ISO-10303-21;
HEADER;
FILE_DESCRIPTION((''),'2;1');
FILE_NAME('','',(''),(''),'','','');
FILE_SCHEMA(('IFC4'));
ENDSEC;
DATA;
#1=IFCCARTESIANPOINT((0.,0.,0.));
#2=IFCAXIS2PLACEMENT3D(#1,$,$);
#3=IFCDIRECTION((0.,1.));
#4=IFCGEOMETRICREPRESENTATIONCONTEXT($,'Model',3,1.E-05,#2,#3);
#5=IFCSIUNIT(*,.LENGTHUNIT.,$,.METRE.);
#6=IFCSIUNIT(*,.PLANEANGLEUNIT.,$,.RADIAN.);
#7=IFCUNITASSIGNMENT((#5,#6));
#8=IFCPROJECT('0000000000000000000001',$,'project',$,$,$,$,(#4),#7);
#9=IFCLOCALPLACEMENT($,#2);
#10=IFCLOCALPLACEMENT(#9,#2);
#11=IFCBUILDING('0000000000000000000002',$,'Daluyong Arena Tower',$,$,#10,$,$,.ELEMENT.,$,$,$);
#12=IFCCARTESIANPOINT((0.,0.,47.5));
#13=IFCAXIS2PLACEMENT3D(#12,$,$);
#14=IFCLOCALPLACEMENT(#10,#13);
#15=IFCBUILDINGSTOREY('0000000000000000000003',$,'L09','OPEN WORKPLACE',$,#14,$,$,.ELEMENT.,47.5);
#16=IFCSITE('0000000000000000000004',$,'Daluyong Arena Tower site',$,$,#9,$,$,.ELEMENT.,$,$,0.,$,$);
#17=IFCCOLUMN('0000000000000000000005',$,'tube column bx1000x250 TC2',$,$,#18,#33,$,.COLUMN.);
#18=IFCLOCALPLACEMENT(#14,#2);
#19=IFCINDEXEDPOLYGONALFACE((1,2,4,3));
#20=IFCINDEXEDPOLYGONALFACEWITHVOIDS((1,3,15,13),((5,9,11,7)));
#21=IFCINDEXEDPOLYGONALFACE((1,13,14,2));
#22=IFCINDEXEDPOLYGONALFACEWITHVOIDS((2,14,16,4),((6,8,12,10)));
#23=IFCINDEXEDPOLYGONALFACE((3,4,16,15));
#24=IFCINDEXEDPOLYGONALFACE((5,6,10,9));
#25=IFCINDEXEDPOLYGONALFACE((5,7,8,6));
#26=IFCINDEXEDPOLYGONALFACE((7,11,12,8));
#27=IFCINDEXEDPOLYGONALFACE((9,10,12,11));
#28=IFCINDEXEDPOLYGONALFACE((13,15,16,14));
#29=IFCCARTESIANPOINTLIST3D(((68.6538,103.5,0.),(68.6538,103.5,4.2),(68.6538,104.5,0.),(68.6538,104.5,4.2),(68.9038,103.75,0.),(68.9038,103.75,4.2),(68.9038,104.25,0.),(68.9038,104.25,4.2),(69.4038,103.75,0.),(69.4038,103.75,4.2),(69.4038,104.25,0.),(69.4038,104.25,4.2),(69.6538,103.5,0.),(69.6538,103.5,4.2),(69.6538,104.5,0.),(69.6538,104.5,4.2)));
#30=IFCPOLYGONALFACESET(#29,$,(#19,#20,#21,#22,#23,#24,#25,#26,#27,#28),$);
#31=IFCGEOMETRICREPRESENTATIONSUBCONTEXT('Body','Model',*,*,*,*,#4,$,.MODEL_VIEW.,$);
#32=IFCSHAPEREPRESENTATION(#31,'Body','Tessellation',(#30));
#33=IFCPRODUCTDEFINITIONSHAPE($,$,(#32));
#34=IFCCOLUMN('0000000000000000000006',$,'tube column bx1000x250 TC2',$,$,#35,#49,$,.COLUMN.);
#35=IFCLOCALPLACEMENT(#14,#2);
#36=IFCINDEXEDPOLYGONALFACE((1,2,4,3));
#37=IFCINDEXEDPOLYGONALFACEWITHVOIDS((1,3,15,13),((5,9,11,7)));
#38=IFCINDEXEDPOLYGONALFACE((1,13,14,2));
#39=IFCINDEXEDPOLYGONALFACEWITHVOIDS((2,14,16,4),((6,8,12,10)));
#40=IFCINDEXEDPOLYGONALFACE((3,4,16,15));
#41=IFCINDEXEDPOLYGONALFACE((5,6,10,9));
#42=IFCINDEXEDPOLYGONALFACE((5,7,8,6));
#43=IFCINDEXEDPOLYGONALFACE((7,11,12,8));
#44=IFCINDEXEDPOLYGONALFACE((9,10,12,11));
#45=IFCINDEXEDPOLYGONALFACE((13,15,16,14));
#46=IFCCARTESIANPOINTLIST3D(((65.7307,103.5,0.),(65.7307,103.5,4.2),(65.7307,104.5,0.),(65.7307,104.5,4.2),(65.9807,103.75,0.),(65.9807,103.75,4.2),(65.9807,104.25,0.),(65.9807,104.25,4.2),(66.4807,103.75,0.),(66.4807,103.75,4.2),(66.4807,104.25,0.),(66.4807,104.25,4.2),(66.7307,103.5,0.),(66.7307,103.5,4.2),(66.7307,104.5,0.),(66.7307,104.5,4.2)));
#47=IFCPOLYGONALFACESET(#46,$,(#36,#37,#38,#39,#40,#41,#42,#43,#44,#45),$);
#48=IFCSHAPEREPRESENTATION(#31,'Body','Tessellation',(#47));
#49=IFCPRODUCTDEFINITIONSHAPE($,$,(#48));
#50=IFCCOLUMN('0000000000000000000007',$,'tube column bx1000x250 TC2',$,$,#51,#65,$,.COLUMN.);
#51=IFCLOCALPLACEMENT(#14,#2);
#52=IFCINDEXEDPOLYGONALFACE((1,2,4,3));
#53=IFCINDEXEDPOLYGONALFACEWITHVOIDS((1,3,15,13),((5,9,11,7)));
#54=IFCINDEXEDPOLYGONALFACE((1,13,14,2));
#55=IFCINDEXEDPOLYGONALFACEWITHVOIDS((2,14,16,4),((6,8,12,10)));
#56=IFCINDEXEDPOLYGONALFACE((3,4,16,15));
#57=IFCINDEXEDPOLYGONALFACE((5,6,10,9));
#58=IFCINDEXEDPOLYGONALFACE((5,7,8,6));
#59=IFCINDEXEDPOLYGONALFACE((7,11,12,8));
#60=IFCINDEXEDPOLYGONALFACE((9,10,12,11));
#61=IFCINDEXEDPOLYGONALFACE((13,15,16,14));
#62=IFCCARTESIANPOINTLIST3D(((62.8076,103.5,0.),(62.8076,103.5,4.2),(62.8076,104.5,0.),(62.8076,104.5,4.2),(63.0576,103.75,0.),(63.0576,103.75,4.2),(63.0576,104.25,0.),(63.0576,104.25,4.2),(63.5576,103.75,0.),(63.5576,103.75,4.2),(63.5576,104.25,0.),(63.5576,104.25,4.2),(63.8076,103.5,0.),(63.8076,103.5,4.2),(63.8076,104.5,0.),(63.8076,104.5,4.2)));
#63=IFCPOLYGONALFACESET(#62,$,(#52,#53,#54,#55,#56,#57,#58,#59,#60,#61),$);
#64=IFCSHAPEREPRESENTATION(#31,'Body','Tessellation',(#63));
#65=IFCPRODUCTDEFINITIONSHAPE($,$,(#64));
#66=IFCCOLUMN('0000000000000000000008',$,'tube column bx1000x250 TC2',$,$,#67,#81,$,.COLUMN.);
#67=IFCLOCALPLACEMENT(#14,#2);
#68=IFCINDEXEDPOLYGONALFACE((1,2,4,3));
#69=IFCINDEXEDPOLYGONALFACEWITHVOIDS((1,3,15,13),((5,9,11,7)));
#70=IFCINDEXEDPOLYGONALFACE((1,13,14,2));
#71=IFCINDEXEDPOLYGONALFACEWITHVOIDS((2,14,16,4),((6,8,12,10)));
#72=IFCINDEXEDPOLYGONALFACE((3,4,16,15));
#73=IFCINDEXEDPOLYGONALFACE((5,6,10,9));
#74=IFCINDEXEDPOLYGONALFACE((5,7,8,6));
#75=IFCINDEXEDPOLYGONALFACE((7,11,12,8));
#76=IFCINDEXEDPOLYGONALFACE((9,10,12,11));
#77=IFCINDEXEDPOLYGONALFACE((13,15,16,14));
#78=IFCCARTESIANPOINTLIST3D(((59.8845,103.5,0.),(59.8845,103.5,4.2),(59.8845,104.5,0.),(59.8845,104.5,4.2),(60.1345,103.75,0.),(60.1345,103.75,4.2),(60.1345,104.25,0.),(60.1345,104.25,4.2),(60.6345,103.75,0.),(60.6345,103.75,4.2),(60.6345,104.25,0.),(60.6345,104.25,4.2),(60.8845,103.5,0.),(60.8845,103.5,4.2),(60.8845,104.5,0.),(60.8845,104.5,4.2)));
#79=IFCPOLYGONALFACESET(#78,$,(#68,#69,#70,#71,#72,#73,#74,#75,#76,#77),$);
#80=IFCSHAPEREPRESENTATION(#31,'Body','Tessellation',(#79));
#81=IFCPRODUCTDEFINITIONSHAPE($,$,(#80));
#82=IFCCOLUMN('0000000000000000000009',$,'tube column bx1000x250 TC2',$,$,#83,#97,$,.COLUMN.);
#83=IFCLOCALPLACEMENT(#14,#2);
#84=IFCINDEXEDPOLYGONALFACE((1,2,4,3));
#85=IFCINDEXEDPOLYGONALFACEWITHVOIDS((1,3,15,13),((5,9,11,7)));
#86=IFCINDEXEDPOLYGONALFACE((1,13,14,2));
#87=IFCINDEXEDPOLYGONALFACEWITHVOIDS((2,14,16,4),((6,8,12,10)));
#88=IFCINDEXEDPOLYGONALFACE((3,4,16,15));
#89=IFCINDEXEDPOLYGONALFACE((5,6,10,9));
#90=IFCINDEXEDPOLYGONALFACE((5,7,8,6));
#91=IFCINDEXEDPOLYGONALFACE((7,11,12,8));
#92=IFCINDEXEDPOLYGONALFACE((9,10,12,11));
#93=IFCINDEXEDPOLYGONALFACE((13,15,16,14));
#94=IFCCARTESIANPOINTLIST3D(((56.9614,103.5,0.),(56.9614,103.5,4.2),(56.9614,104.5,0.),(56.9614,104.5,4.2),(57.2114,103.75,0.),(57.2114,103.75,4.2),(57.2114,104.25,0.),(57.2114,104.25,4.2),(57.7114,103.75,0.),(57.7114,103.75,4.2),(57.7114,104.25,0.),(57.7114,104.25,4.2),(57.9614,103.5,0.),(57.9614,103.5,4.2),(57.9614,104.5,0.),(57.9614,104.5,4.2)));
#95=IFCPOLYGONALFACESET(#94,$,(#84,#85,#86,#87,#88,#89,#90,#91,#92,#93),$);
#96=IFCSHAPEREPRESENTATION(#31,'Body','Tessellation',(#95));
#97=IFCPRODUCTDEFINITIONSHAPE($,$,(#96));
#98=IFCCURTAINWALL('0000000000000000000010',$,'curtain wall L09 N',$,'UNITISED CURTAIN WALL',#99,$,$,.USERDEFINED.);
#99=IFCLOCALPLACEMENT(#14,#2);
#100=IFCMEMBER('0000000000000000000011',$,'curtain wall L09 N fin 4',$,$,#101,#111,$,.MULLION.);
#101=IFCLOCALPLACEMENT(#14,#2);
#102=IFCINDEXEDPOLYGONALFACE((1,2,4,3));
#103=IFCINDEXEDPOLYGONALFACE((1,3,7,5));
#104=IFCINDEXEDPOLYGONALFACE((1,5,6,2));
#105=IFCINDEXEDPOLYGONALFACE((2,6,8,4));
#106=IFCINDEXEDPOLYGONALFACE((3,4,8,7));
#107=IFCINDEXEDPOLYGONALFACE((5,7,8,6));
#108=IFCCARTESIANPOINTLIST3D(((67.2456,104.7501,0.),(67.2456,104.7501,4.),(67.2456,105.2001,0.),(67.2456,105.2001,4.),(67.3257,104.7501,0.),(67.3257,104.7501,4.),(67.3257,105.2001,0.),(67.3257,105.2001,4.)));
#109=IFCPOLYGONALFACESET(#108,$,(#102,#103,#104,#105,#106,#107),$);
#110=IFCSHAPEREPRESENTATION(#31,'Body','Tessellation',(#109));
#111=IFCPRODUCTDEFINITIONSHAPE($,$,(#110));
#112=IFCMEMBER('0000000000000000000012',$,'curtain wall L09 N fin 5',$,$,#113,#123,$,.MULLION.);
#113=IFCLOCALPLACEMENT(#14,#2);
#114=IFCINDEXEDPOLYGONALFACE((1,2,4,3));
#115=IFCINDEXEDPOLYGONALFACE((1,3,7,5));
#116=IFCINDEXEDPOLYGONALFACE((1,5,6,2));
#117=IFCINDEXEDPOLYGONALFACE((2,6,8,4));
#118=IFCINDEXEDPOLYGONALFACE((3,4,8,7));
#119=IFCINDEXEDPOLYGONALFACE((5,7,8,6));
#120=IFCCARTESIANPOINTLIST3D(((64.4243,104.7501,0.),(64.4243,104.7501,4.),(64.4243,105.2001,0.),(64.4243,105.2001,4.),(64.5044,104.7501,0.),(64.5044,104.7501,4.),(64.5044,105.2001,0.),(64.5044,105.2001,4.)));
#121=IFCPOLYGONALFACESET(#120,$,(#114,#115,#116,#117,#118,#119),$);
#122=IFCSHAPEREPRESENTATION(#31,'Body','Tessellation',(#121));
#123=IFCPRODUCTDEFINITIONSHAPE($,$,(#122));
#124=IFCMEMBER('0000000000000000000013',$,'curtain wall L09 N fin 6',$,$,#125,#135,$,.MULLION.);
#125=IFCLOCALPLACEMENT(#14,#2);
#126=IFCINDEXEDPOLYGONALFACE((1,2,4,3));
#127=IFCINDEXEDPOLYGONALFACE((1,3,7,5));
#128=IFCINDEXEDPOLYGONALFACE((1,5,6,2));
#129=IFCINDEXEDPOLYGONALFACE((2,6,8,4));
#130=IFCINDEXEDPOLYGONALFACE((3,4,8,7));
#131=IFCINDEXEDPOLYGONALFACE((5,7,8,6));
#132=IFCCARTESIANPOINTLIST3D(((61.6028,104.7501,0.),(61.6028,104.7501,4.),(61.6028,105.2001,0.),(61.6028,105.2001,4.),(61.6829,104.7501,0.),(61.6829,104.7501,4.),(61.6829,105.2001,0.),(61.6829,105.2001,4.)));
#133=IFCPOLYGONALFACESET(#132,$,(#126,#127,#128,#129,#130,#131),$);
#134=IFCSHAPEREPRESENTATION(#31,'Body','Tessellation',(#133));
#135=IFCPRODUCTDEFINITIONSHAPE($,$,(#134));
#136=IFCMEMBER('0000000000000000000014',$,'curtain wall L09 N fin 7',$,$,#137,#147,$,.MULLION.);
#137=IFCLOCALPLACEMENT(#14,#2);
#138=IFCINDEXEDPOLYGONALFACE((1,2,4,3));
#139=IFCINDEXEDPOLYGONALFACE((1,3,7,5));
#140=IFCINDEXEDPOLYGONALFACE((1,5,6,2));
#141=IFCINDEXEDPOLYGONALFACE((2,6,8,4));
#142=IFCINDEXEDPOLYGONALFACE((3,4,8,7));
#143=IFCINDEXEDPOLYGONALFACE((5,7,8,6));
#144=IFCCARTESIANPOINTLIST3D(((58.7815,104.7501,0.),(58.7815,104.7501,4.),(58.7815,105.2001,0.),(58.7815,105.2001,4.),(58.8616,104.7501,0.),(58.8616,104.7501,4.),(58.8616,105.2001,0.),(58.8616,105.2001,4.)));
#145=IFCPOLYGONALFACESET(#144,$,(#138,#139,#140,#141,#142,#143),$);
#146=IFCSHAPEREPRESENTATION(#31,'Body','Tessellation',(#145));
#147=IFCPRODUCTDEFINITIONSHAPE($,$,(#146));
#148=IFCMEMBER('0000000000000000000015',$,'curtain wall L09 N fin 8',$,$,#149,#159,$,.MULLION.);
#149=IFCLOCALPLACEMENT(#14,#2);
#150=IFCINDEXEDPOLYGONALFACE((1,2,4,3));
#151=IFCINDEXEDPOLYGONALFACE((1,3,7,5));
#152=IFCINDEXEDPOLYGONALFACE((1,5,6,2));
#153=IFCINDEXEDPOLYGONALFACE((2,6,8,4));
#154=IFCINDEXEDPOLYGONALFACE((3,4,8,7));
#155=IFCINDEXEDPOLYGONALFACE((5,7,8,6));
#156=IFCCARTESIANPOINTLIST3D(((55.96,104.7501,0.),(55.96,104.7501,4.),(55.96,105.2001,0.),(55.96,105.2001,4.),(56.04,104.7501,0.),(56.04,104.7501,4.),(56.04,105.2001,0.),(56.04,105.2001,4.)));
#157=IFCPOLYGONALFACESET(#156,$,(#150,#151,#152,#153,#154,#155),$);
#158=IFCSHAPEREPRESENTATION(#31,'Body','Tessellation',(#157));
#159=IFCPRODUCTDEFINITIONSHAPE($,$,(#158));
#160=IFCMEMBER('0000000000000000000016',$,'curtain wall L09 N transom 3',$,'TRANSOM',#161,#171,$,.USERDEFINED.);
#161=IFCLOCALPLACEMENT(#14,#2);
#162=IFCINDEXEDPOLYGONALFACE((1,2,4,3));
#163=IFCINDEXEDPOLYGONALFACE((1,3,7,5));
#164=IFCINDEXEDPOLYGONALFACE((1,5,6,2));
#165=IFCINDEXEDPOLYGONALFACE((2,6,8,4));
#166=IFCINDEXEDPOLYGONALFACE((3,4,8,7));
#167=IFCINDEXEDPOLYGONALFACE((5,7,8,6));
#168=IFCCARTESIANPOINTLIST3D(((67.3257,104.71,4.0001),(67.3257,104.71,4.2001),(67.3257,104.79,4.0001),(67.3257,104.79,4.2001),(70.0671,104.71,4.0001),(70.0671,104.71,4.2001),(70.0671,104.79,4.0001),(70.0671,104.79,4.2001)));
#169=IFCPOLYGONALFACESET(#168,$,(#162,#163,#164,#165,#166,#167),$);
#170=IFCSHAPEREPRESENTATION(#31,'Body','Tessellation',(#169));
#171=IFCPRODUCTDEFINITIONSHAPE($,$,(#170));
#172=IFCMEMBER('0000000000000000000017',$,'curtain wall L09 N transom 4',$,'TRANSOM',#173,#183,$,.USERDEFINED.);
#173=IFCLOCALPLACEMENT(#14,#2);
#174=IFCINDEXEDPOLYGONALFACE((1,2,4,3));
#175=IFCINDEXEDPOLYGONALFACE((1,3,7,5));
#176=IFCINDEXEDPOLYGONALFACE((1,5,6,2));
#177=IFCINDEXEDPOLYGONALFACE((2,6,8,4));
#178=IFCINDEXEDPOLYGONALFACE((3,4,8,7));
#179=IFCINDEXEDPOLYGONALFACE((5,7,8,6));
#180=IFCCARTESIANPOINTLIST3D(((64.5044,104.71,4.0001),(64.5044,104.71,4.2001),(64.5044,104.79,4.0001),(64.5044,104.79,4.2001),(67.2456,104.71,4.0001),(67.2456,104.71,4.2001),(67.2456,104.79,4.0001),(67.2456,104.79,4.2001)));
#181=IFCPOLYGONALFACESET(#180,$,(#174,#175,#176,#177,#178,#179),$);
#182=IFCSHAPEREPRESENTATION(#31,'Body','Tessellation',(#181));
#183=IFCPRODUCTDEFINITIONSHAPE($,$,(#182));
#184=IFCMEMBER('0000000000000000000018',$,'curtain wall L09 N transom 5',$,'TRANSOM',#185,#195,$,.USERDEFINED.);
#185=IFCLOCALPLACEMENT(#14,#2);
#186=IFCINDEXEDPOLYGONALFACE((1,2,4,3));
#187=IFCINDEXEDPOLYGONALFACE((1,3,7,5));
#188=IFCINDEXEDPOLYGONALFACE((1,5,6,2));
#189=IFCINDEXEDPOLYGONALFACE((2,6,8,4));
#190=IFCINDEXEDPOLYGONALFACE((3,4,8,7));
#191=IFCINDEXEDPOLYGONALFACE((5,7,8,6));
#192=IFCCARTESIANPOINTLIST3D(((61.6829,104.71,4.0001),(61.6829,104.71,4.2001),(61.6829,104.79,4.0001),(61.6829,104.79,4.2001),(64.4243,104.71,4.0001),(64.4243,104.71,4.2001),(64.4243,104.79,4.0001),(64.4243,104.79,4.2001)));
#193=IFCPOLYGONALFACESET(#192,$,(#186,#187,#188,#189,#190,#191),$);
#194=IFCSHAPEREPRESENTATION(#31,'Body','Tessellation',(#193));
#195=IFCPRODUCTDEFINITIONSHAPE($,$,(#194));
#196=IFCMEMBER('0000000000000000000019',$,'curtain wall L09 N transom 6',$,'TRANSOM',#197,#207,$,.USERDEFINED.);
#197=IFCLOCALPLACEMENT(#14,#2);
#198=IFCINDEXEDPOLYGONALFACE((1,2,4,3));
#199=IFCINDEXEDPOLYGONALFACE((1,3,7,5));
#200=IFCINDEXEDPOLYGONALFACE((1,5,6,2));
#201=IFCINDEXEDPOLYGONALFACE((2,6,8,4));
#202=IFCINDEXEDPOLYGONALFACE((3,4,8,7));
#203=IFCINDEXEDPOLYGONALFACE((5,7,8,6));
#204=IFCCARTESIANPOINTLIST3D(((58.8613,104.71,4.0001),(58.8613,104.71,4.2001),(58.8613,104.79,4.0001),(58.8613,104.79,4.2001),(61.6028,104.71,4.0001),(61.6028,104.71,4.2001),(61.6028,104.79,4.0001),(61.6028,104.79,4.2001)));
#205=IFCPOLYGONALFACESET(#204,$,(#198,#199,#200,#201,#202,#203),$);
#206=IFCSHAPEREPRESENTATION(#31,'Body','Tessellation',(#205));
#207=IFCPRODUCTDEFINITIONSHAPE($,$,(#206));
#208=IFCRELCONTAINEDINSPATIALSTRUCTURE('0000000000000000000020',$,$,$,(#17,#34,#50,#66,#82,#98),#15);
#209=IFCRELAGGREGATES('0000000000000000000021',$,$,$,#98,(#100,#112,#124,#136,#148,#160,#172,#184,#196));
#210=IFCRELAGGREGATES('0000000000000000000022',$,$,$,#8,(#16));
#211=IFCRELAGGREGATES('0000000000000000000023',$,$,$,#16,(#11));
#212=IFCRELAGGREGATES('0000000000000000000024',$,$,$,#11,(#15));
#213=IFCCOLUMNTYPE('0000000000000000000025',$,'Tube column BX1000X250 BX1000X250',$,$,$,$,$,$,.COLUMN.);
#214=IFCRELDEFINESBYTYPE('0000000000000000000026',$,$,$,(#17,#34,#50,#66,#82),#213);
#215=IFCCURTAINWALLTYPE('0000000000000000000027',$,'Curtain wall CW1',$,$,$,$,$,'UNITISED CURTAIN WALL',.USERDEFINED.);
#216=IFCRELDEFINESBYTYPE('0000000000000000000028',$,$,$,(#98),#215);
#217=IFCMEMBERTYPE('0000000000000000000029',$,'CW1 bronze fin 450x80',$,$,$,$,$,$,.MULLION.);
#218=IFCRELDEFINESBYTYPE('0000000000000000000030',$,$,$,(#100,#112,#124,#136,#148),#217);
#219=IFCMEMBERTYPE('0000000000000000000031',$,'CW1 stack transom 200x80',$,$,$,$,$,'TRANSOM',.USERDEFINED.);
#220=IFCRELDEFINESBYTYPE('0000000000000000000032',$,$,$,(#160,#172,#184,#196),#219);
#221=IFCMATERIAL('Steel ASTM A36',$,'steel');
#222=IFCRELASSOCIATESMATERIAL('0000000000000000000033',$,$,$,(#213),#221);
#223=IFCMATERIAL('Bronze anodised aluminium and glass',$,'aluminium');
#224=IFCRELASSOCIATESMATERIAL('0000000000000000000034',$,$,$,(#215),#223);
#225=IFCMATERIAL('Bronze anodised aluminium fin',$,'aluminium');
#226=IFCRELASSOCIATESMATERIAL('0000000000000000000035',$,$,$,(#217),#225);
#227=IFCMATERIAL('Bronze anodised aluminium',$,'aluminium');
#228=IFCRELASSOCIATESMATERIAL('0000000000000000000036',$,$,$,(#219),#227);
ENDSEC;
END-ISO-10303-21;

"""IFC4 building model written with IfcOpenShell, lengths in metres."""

from ifc_helpers import new_model, si_unit, direction, frame, origin, origin_2d, place, context, subcontext, project, spatial, rectangle, hollow_rectangle, extrude, material, material_profile, profile_set, type_object, element, aggregate, save


model = new_model("IFC4")

# Units and contexts
model_context = context("Model", 3, precision=1e-05, world=origin(), true_north=direction((0.0, 1.0)))
body_context = subcontext(model_context, "Body", "Model", "MODEL_VIEW")
ifc_project = project(units=[si_unit("LENGTHUNIT", "METRE"), si_unit("PLANEANGLEUNIT", "RADIAN")], contexts=[model_context])

# Site, building, storey
site_placement = place(None, origin())
site = spatial("IfcSite", under=ifc_project, at=site_placement, Name="Daluyong Arena Tower site", CompositionType="ELEMENT", RefElevation=0.0)
building_placement = place(site_placement, origin())
building = spatial("IfcBuilding", under=site, at=building_placement, Name="Daluyong Arena Tower", CompositionType="ELEMENT")
storey_placement = place(building_placement, frame((0.0, 0.0, 47.5)))
storey = spatial("IfcBuildingStorey", under=building, at=storey_placement, Name="L09", Description="OPEN WORKPLACE", CompositionType="ELEMENT", Elevation=47.5)

# Columns
ifc_material_1 = material(Name="Steel ASTM A36", Category="steel")
ifc_material_profile_1 = material_profile(ifc_material_1, hollow_rectangle(XDim=1.0, YDim=1.0, WallThickness=0.25, at=origin_2d()))
ifc_profile_set_1 = profile_set([ifc_material_profile_1], Name="Steel ASTM A36")
column_type = type_object("IfcColumnType", Name="Tube column BX1000X250 BX1000X250", PredefinedType="COLUMN", material=ifc_profile_set_1)
for number, where, z_axis, x_axis, name in (
    (1, (69.1538, 104.0, 0.0), (0.0, 0.0, 1.0), (1.0, 0.0, 0.0), "tube column bx1000x250 TC2"),
    (2, (66.2307, 104.0, 0.0), (0.0, 0.0, 1.0), (1.0, 0.0, 0.0), "tube column bx1000x250 TC2"),
    (3, (63.3076, 104.0, 0.0), (0.0, 0.0, 1.0), (1.0, 0.0, 0.0), "tube column bx1000x250 TC2"),
    (4, (60.3845, 104.0, 0.0), (0.0, 0.0, 1.0), (1.0, 0.0, 0.0), "tube column bx1000x250 TC2"),
    (5, (57.4614, 104.0, 0.0), (0.0, 0.0, 1.0), (1.0, 0.0, 0.0), "tube column bx1000x250 TC2"),
):
    element("IfcColumn", number, at=place(storey_placement, frame(where, z_axis=z_axis, x_axis=x_axis)), inside=storey, type_object=column_type, Name=name, PredefinedType="COLUMN", context=body_context, shape_type="SweptSolid", body=[
        extrude(hollow_rectangle(XDim=1.0, YDim=1.0, WallThickness=0.25, at=origin_2d()), origin(), (0.0, 0.0, 1.0), 4.2),
    ])

# Curtain wall, members
ifc_material_2 = material(Name="Bronze anodised aluminium and glass", Category="aluminium")
curtain_wall_type = type_object("IfcCurtainWallType", Name="Curtain wall CW1", ElementType="UNITISED CURTAIN WALL", PredefinedType="USERDEFINED", material=ifc_material_2)
curtain_wall_placement = place(storey_placement, origin())
curtain_wall = element("IfcCurtainWall", 6, at=curtain_wall_placement, inside=storey, type_object=curtain_wall_type, Name="curtain wall L09 N", ObjectType="UNITISED CURTAIN WALL", PredefinedType="USERDEFINED")
ifc_material_3 = material(Name="Bronze anodised aluminium fin", Category="aluminium")
ifc_material_profile_2 = material_profile(ifc_material_3, rectangle(XDim=0.45, YDim=0.0801, at=origin_2d()))
ifc_profile_set_2 = profile_set([ifc_material_profile_2], Name="Bronze anodised aluminium fin")
member_type_1 = type_object("IfcMemberType", Name="CW1 bronze fin 450x80", PredefinedType="MULLION", material=ifc_profile_set_2)
member_1_placement = place(storey_placement, frame((67.2856, 104.9751, 0.0), z_axis=(0.0, 0.0, 1.0), x_axis=(0.0, -1.0, 0.0)))
member_1 = element("IfcMember", 7, at=member_1_placement, type_object=member_type_1, Name="curtain wall L09 N fin 4", PredefinedType="MULLION", context=body_context, shape_type="SweptSolid", body=[
    extrude(rectangle(XDim=0.45, YDim=0.0801, at=origin_2d()), origin(), (0.0, 0.0, 1.0), 4.0),
])
member_2_placement = place(storey_placement, frame((64.4644, 104.9751, 0.0), z_axis=(0.0, 0.0, 1.0), x_axis=(0.0, -1.0, 0.0)))
member_2 = element("IfcMember", 8, at=member_2_placement, type_object=member_type_1, Name="curtain wall L09 N fin 5", PredefinedType="MULLION", context=body_context, shape_type="SweptSolid", body=[
    extrude(rectangle(XDim=0.45, YDim=0.0801, at=origin_2d()), origin(), (0.0, 0.0, 1.0), 4.0),
])
member_3_placement = place(storey_placement, frame((61.6428, 104.9751, 0.0), z_axis=(0.0, 0.0, 1.0), x_axis=(0.0, -1.0, 0.0)))
member_3 = element("IfcMember", 9, at=member_3_placement, type_object=member_type_1, Name="curtain wall L09 N fin 6", PredefinedType="MULLION", context=body_context, shape_type="SweptSolid", body=[
    extrude(rectangle(XDim=0.45, YDim=0.0801, at=origin_2d()), origin(), (0.0, 0.0, 1.0), 4.0),
])
member_4_placement = place(storey_placement, frame((58.8215, 104.9751, 0.0), z_axis=(0.0, 0.0, 1.0), x_axis=(0.0, -1.0, 0.0)))
member_4 = element("IfcMember", 10, at=member_4_placement, type_object=member_type_1, Name="curtain wall L09 N fin 7", PredefinedType="MULLION", context=body_context, shape_type="SweptSolid", body=[
    extrude(rectangle(XDim=0.45, YDim=0.0801, at=origin_2d()), origin(), (0.0, 0.0, 1.0), 4.0),
])
member_5_placement = place(storey_placement, frame((56.0, 104.9751, 0.0), z_axis=(0.0, 0.0, 1.0), x_axis=(0.0, -1.0, 0.0)))
member_5 = element("IfcMember", 11, at=member_5_placement, type_object=member_type_1, Name="curtain wall L09 N fin 8", PredefinedType="MULLION", context=body_context, shape_type="SweptSolid", body=[
    extrude(rectangle(XDim=0.45, YDim=0.0801, at=origin_2d()), origin(), (0.0, 0.0, 1.0), 4.0),
])
ifc_material_4 = material(Name="Bronze anodised aluminium", Category="aluminium")
ifc_material_profile_3 = material_profile(ifc_material_4, rectangle(XDim=0.0801, YDim=0.2, at=origin_2d()))
ifc_profile_set_3 = profile_set([ifc_material_profile_3], Name="Bronze anodised aluminium")
member_type_2 = type_object("IfcMemberType", Name="CW1 stack transom 200x80", ElementType="TRANSOM", PredefinedType="USERDEFINED", material=ifc_profile_set_3)
member_6_placement = place(storey_placement, frame((70.0671, 104.75, 4.1001), z_axis=(-1.0, 0.0, 0.0), x_axis=(0.0, -1.0, 0.0)))
member_6 = element("IfcMember", 12, at=member_6_placement, type_object=member_type_2, Name="curtain wall L09 N transom 3", ObjectType="TRANSOM", PredefinedType="USERDEFINED", context=body_context, shape_type="SweptSolid", body=[
    extrude(rectangle(XDim=0.0801, YDim=0.2, at=origin_2d()), origin(), (0.0, 0.0, 1.0), 2.7415),
])
member_7_placement = place(storey_placement, frame((67.2456, 104.75, 4.1001), z_axis=(-1.0, 0.0, 0.0), x_axis=(0.0, -1.0, 0.0)))
member_7 = element("IfcMember", 13, at=member_7_placement, type_object=member_type_2, Name="curtain wall L09 N transom 4", ObjectType="TRANSOM", PredefinedType="USERDEFINED", context=body_context, shape_type="SweptSolid", body=[
    extrude(rectangle(XDim=0.0801, YDim=0.2, at=origin_2d()), origin(), (0.0, 0.0, 1.0), 2.7412),
])
member_8_placement = place(storey_placement, frame((64.4243, 104.75, 4.1001), z_axis=(-1.0, 0.0, 0.0), x_axis=(0.0, -1.0, 0.0)))
member_8 = element("IfcMember", 14, at=member_8_placement, type_object=member_type_2, Name="curtain wall L09 N transom 5", ObjectType="TRANSOM", PredefinedType="USERDEFINED", context=body_context, shape_type="SweptSolid", body=[
    extrude(rectangle(XDim=0.0801, YDim=0.2, at=origin_2d()), origin(), (0.0, 0.0, 1.0), 2.7415),
])
member_9_placement = place(storey_placement, frame((61.6028, 104.75, 4.1001), z_axis=(-1.0, 0.0, 0.0), x_axis=(0.0, -1.0, 0.0)))
member_9 = element("IfcMember", 15, at=member_9_placement, type_object=member_type_2, Name="curtain wall L09 N transom 6", ObjectType="TRANSOM", PredefinedType="USERDEFINED", context=body_context, shape_type="SweptSolid", body=[
    extrude(rectangle(XDim=0.0801, YDim=0.2, at=origin_2d()), origin(), (0.0, 0.0, 1.0), 2.7415),
])

aggregate(curtain_wall, [member_1, member_2, member_3, member_4, member_5, member_6, member_7, member_8, member_9])

save(model, "model.ifc")
